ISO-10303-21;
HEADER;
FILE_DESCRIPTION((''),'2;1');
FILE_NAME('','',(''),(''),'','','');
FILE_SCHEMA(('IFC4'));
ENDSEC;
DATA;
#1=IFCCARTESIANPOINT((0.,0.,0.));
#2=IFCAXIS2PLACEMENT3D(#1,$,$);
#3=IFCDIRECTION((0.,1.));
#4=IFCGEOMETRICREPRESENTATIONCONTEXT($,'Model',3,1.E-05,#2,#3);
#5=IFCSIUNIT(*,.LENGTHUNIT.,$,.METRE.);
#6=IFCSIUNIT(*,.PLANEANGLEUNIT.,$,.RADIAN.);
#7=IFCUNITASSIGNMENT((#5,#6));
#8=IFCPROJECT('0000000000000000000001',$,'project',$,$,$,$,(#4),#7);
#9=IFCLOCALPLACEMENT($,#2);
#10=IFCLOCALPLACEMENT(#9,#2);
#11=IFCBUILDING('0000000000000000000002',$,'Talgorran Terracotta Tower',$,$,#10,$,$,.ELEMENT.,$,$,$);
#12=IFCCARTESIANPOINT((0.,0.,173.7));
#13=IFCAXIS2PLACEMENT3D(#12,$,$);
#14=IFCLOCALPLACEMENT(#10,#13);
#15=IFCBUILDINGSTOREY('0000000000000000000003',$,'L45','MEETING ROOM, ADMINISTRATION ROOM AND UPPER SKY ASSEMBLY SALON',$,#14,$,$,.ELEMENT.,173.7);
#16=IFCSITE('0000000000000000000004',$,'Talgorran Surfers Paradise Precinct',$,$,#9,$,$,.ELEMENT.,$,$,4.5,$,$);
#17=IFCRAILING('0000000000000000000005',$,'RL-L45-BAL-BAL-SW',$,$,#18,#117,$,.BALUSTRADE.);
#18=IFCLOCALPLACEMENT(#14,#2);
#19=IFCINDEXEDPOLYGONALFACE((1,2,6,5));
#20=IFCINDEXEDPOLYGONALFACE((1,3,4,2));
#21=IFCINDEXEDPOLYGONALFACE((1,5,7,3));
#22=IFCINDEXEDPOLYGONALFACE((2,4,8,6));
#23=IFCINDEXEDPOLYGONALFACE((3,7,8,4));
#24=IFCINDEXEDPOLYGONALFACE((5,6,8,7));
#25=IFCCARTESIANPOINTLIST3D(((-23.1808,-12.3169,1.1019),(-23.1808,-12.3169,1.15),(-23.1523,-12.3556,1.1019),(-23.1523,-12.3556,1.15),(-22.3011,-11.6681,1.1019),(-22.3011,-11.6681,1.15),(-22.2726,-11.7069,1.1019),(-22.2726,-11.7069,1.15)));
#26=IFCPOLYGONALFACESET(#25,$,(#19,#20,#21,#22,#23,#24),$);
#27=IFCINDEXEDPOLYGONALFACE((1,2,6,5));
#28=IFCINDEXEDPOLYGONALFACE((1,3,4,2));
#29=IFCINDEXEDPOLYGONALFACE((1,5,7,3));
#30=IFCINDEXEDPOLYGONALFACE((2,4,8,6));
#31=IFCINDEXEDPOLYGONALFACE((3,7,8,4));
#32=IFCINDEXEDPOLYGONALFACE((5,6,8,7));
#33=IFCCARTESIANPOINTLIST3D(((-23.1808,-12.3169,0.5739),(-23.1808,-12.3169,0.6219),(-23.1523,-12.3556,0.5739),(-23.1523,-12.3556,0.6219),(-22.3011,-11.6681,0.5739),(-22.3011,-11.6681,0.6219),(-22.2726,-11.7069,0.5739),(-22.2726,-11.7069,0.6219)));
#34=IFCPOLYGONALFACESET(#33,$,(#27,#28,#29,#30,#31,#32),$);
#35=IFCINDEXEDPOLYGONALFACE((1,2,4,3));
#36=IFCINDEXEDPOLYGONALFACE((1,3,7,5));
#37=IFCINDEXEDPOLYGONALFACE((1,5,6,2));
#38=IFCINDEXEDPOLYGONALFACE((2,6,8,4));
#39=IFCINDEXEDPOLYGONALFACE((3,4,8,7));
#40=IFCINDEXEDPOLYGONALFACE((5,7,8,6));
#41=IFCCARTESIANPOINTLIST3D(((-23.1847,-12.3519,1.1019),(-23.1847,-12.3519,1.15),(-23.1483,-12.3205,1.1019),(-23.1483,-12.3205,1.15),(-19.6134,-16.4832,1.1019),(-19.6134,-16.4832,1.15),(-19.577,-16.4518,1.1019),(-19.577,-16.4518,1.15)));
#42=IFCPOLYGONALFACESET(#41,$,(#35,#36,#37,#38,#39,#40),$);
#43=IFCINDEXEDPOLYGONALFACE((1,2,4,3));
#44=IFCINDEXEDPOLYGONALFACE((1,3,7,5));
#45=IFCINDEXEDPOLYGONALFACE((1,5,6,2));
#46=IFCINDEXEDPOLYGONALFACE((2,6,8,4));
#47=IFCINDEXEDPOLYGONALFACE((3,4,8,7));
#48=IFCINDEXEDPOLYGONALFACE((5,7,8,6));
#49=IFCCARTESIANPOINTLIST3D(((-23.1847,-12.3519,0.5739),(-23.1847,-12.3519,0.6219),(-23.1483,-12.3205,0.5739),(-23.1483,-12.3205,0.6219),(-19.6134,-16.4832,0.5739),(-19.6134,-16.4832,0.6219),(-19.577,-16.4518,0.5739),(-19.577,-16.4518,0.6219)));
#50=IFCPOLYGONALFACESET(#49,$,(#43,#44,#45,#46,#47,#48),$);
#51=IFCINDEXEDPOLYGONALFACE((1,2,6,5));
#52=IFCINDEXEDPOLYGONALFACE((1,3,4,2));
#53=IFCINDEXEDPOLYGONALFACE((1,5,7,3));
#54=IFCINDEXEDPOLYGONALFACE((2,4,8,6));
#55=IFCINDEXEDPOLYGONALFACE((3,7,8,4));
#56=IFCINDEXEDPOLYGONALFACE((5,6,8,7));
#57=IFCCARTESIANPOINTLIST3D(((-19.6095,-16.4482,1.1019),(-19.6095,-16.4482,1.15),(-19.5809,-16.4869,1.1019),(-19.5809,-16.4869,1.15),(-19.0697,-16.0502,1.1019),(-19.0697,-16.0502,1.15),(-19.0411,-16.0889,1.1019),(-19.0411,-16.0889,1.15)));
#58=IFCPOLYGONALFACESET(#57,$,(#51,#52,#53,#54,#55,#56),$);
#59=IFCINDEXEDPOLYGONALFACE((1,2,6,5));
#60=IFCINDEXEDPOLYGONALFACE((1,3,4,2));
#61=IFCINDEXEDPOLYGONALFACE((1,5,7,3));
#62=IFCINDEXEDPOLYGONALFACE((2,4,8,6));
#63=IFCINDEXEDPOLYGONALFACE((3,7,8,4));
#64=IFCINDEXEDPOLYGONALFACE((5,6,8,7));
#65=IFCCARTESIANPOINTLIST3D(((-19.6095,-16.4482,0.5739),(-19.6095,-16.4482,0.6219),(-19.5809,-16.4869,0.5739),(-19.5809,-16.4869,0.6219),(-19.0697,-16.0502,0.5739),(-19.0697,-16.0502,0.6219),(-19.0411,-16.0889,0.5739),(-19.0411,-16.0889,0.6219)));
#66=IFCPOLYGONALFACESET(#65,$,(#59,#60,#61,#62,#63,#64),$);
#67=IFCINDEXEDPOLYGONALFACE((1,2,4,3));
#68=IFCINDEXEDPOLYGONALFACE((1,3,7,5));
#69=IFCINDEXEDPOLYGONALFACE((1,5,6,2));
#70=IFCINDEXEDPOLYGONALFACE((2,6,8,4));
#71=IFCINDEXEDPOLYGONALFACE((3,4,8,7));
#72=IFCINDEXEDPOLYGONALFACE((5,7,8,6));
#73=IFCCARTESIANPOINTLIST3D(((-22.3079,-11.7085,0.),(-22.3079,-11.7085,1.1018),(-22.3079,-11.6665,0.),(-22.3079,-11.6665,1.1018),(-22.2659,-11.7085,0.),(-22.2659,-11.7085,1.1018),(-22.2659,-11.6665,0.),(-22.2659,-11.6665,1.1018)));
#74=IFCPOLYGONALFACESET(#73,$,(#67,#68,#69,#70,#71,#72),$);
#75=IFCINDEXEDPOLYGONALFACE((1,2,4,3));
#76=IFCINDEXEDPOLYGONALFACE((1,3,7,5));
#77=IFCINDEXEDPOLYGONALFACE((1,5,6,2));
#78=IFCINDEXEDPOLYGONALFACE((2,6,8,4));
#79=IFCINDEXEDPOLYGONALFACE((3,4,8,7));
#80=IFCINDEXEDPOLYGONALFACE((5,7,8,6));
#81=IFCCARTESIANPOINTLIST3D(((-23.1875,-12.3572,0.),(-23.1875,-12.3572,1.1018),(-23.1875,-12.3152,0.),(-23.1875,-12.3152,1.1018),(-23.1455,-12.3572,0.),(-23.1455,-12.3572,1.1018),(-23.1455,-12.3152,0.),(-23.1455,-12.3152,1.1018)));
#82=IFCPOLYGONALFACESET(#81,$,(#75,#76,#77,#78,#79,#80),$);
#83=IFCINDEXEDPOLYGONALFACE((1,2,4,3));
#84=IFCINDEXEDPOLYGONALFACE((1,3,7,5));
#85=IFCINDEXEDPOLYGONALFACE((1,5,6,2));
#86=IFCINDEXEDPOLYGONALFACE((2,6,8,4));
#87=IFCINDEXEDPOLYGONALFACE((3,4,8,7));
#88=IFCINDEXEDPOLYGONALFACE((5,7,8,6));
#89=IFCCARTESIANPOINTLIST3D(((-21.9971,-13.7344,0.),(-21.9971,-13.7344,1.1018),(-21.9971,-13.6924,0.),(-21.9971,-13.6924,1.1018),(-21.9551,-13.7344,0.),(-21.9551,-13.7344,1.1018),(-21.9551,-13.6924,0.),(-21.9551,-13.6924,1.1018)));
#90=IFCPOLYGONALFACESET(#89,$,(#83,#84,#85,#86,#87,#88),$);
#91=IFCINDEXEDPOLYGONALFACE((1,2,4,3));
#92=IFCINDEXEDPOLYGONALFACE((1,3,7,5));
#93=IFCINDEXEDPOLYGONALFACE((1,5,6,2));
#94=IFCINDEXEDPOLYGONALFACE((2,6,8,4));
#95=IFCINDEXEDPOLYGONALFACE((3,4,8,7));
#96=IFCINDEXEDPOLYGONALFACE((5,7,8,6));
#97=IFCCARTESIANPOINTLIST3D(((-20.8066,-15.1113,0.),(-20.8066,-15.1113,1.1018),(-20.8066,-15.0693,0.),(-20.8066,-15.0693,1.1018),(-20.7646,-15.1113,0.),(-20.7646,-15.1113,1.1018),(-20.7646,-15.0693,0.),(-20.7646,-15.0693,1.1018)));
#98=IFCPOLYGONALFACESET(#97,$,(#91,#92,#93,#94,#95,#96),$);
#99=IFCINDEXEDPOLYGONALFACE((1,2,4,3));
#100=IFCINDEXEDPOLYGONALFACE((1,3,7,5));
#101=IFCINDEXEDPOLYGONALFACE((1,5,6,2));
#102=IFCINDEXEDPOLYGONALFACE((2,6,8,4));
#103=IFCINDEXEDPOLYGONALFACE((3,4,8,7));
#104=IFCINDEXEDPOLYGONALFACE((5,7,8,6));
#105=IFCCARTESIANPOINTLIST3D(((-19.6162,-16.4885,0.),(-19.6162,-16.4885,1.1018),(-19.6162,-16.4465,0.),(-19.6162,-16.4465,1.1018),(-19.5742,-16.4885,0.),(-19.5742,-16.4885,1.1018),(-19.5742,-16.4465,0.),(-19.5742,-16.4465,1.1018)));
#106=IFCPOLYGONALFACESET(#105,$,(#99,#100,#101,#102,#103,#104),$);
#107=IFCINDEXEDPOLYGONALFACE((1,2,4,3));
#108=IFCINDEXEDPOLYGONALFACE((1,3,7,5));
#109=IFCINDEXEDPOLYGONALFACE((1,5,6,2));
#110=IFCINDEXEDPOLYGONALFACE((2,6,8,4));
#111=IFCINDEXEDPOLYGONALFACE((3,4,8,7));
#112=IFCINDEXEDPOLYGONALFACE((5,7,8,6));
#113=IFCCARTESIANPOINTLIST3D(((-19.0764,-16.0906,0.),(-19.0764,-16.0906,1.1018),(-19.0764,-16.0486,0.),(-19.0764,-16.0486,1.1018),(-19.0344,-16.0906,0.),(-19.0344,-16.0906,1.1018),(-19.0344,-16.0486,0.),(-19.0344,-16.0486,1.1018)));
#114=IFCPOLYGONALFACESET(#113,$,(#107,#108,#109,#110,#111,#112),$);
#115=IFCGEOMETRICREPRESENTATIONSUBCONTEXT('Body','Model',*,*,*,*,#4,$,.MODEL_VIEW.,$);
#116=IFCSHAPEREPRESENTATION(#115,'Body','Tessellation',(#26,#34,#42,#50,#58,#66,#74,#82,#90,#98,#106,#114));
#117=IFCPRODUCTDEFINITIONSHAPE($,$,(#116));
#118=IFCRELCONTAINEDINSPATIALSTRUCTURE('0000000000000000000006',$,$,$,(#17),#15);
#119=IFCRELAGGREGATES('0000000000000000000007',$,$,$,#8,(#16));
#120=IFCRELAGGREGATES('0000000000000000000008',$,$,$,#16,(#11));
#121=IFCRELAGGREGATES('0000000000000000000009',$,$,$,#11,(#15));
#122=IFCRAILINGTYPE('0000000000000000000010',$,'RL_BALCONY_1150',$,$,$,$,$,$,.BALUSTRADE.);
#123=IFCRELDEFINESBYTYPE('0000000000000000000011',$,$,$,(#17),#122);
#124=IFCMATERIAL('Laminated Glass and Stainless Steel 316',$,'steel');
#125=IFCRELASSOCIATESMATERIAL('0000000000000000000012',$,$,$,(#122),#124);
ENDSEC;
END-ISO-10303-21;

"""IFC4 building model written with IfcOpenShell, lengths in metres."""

from ifc_helpers import new_model, si_unit, direction, frame, origin, origin_2d, place, context, subcontext, project, spatial, rectangle, extrude, material, type_object, element, save


model = new_model("IFC4")

# Units and contexts
model_context = context("Model", 3, precision=1e-05, world=origin(), true_north=direction((0.0, 1.0)))
body_context = subcontext(model_context, "Body", "Model", "MODEL_VIEW")
ifc_project = project(units=[si_unit("LENGTHUNIT", "METRE"), si_unit("PLANEANGLEUNIT", "RADIAN")], contexts=[model_context])

# Site, building, storey
site_placement = place(None, origin())
site = spatial("IfcSite", under=ifc_project, at=site_placement, Name="Talgorran Surfers Paradise Precinct", CompositionType="ELEMENT", RefElevation=4.5)
building_placement = place(site_placement, origin())
building = spatial("IfcBuilding", under=site, at=building_placement, Name="Talgorran Terracotta Tower", CompositionType="ELEMENT")
storey_placement = place(building_placement, frame((0.0, 0.0, 173.7)))
storey = spatial("IfcBuildingStorey", under=building, at=storey_placement, Name="L45", Description="MEETING ROOM, ADMINISTRATION ROOM AND UPPER SKY ASSEMBLY SALON", CompositionType="ELEMENT", Elevation=173.7)

# Railing
ifc_material_1 = material(Name="Laminated Glass and Stainless Steel 316", Category="steel")
railing_type = type_object("IfcRailingType", Name="RL_BALCONY_1150", PredefinedType="BALUSTRADE", material=ifc_material_1)
railing_placement = place(storey_placement, frame((-22.2869, -11.6875, 0.0)))
element("IfcRailing", 1, at=railing_placement, inside=storey, type_object=railing_type, Name="RL-L45-BAL-BAL-SW", PredefinedType="BALUSTRADE", context=body_context, shape_type="SweptSolid", body=[
    extrude(rectangle(XDim=0.0481, YDim=0.0481, at=origin_2d()), frame((0.0, 0.0, 1.126), z_axis=(-0.804826, -0.593511, 0.0), x_axis=(0.593511, -0.804826, 0.0)), (0.0, 0.0, 1.0), 1.093),
    extrude(rectangle(XDim=0.0481, YDim=0.0481, at=origin_2d()), frame((0.0, 0.0, 0.5979), z_axis=(-0.804826, -0.593511, 0.0), x_axis=(0.593511, -0.804826, 0.0)), (0.0, 0.0, 1.0), 1.093),
    extrude(rectangle(XDim=0.0481, YDim=0.0481, at=origin_2d()), frame((-0.8796, -0.6487, 1.126), z_axis=(0.653967, -0.756523, 0.0), x_axis=(0.756523, 0.653967, 0.0)), (0.0, 0.0, 1.0), 5.4609),
    extrude(rectangle(XDim=0.0481, YDim=0.0481, at=origin_2d()), frame((-0.8796, -0.6487, 0.5979), z_axis=(0.653967, -0.756523, 0.0), x_axis=(0.756523, 0.653967, 0.0)), (0.0, 0.0, 1.0), 5.4609),
    extrude(rectangle(XDim=0.0481, YDim=0.0481, at=origin_2d()), frame((2.6917, -4.78, 1.126), z_axis=(0.804909, 0.593398, 0.0), x_axis=(-0.593398, 0.804909, 0.0)), (0.0, 0.0, 1.0), 0.6707),
    extrude(rectangle(XDim=0.0481, YDim=0.0481, at=origin_2d()), frame((2.6917, -4.78, 0.5979), z_axis=(0.804909, 0.593398, 0.0), x_axis=(-0.593398, 0.804909, 0.0)), (0.0, 0.0, 1.0), 0.6707),
    extrude(rectangle(XDim=0.042, YDim=0.042, at=origin_2d()), origin(), (0.0, 0.0, 1.0), 1.1018),
    extrude(rectangle(XDim=0.042, YDim=0.042, at=origin_2d()), frame((-0.8796, -0.6487, 0.0)), (0.0, 0.0, 1.0), 1.1018),
    extrude(rectangle(XDim=0.042, YDim=0.042, at=origin_2d()), frame((0.3108, -2.0259, 0.0)), (0.0, 0.0, 1.0), 1.1018),
    extrude(rectangle(XDim=0.042, YDim=0.042, at=origin_2d()), frame((1.5012, -3.4028, 0.0)), (0.0, 0.0, 1.0), 1.1018),
    extrude(rectangle(XDim=0.042, YDim=0.042, at=origin_2d()), frame((2.6917, -4.78, 0.0)), (0.0, 0.0, 1.0), 1.1018),
    extrude(rectangle(XDim=0.042, YDim=0.042, at=origin_2d()), frame((3.2314, -4.3821, 0.0)), (0.0, 0.0, 1.0), 1.1018),
])

save(model, "model.ifc")
